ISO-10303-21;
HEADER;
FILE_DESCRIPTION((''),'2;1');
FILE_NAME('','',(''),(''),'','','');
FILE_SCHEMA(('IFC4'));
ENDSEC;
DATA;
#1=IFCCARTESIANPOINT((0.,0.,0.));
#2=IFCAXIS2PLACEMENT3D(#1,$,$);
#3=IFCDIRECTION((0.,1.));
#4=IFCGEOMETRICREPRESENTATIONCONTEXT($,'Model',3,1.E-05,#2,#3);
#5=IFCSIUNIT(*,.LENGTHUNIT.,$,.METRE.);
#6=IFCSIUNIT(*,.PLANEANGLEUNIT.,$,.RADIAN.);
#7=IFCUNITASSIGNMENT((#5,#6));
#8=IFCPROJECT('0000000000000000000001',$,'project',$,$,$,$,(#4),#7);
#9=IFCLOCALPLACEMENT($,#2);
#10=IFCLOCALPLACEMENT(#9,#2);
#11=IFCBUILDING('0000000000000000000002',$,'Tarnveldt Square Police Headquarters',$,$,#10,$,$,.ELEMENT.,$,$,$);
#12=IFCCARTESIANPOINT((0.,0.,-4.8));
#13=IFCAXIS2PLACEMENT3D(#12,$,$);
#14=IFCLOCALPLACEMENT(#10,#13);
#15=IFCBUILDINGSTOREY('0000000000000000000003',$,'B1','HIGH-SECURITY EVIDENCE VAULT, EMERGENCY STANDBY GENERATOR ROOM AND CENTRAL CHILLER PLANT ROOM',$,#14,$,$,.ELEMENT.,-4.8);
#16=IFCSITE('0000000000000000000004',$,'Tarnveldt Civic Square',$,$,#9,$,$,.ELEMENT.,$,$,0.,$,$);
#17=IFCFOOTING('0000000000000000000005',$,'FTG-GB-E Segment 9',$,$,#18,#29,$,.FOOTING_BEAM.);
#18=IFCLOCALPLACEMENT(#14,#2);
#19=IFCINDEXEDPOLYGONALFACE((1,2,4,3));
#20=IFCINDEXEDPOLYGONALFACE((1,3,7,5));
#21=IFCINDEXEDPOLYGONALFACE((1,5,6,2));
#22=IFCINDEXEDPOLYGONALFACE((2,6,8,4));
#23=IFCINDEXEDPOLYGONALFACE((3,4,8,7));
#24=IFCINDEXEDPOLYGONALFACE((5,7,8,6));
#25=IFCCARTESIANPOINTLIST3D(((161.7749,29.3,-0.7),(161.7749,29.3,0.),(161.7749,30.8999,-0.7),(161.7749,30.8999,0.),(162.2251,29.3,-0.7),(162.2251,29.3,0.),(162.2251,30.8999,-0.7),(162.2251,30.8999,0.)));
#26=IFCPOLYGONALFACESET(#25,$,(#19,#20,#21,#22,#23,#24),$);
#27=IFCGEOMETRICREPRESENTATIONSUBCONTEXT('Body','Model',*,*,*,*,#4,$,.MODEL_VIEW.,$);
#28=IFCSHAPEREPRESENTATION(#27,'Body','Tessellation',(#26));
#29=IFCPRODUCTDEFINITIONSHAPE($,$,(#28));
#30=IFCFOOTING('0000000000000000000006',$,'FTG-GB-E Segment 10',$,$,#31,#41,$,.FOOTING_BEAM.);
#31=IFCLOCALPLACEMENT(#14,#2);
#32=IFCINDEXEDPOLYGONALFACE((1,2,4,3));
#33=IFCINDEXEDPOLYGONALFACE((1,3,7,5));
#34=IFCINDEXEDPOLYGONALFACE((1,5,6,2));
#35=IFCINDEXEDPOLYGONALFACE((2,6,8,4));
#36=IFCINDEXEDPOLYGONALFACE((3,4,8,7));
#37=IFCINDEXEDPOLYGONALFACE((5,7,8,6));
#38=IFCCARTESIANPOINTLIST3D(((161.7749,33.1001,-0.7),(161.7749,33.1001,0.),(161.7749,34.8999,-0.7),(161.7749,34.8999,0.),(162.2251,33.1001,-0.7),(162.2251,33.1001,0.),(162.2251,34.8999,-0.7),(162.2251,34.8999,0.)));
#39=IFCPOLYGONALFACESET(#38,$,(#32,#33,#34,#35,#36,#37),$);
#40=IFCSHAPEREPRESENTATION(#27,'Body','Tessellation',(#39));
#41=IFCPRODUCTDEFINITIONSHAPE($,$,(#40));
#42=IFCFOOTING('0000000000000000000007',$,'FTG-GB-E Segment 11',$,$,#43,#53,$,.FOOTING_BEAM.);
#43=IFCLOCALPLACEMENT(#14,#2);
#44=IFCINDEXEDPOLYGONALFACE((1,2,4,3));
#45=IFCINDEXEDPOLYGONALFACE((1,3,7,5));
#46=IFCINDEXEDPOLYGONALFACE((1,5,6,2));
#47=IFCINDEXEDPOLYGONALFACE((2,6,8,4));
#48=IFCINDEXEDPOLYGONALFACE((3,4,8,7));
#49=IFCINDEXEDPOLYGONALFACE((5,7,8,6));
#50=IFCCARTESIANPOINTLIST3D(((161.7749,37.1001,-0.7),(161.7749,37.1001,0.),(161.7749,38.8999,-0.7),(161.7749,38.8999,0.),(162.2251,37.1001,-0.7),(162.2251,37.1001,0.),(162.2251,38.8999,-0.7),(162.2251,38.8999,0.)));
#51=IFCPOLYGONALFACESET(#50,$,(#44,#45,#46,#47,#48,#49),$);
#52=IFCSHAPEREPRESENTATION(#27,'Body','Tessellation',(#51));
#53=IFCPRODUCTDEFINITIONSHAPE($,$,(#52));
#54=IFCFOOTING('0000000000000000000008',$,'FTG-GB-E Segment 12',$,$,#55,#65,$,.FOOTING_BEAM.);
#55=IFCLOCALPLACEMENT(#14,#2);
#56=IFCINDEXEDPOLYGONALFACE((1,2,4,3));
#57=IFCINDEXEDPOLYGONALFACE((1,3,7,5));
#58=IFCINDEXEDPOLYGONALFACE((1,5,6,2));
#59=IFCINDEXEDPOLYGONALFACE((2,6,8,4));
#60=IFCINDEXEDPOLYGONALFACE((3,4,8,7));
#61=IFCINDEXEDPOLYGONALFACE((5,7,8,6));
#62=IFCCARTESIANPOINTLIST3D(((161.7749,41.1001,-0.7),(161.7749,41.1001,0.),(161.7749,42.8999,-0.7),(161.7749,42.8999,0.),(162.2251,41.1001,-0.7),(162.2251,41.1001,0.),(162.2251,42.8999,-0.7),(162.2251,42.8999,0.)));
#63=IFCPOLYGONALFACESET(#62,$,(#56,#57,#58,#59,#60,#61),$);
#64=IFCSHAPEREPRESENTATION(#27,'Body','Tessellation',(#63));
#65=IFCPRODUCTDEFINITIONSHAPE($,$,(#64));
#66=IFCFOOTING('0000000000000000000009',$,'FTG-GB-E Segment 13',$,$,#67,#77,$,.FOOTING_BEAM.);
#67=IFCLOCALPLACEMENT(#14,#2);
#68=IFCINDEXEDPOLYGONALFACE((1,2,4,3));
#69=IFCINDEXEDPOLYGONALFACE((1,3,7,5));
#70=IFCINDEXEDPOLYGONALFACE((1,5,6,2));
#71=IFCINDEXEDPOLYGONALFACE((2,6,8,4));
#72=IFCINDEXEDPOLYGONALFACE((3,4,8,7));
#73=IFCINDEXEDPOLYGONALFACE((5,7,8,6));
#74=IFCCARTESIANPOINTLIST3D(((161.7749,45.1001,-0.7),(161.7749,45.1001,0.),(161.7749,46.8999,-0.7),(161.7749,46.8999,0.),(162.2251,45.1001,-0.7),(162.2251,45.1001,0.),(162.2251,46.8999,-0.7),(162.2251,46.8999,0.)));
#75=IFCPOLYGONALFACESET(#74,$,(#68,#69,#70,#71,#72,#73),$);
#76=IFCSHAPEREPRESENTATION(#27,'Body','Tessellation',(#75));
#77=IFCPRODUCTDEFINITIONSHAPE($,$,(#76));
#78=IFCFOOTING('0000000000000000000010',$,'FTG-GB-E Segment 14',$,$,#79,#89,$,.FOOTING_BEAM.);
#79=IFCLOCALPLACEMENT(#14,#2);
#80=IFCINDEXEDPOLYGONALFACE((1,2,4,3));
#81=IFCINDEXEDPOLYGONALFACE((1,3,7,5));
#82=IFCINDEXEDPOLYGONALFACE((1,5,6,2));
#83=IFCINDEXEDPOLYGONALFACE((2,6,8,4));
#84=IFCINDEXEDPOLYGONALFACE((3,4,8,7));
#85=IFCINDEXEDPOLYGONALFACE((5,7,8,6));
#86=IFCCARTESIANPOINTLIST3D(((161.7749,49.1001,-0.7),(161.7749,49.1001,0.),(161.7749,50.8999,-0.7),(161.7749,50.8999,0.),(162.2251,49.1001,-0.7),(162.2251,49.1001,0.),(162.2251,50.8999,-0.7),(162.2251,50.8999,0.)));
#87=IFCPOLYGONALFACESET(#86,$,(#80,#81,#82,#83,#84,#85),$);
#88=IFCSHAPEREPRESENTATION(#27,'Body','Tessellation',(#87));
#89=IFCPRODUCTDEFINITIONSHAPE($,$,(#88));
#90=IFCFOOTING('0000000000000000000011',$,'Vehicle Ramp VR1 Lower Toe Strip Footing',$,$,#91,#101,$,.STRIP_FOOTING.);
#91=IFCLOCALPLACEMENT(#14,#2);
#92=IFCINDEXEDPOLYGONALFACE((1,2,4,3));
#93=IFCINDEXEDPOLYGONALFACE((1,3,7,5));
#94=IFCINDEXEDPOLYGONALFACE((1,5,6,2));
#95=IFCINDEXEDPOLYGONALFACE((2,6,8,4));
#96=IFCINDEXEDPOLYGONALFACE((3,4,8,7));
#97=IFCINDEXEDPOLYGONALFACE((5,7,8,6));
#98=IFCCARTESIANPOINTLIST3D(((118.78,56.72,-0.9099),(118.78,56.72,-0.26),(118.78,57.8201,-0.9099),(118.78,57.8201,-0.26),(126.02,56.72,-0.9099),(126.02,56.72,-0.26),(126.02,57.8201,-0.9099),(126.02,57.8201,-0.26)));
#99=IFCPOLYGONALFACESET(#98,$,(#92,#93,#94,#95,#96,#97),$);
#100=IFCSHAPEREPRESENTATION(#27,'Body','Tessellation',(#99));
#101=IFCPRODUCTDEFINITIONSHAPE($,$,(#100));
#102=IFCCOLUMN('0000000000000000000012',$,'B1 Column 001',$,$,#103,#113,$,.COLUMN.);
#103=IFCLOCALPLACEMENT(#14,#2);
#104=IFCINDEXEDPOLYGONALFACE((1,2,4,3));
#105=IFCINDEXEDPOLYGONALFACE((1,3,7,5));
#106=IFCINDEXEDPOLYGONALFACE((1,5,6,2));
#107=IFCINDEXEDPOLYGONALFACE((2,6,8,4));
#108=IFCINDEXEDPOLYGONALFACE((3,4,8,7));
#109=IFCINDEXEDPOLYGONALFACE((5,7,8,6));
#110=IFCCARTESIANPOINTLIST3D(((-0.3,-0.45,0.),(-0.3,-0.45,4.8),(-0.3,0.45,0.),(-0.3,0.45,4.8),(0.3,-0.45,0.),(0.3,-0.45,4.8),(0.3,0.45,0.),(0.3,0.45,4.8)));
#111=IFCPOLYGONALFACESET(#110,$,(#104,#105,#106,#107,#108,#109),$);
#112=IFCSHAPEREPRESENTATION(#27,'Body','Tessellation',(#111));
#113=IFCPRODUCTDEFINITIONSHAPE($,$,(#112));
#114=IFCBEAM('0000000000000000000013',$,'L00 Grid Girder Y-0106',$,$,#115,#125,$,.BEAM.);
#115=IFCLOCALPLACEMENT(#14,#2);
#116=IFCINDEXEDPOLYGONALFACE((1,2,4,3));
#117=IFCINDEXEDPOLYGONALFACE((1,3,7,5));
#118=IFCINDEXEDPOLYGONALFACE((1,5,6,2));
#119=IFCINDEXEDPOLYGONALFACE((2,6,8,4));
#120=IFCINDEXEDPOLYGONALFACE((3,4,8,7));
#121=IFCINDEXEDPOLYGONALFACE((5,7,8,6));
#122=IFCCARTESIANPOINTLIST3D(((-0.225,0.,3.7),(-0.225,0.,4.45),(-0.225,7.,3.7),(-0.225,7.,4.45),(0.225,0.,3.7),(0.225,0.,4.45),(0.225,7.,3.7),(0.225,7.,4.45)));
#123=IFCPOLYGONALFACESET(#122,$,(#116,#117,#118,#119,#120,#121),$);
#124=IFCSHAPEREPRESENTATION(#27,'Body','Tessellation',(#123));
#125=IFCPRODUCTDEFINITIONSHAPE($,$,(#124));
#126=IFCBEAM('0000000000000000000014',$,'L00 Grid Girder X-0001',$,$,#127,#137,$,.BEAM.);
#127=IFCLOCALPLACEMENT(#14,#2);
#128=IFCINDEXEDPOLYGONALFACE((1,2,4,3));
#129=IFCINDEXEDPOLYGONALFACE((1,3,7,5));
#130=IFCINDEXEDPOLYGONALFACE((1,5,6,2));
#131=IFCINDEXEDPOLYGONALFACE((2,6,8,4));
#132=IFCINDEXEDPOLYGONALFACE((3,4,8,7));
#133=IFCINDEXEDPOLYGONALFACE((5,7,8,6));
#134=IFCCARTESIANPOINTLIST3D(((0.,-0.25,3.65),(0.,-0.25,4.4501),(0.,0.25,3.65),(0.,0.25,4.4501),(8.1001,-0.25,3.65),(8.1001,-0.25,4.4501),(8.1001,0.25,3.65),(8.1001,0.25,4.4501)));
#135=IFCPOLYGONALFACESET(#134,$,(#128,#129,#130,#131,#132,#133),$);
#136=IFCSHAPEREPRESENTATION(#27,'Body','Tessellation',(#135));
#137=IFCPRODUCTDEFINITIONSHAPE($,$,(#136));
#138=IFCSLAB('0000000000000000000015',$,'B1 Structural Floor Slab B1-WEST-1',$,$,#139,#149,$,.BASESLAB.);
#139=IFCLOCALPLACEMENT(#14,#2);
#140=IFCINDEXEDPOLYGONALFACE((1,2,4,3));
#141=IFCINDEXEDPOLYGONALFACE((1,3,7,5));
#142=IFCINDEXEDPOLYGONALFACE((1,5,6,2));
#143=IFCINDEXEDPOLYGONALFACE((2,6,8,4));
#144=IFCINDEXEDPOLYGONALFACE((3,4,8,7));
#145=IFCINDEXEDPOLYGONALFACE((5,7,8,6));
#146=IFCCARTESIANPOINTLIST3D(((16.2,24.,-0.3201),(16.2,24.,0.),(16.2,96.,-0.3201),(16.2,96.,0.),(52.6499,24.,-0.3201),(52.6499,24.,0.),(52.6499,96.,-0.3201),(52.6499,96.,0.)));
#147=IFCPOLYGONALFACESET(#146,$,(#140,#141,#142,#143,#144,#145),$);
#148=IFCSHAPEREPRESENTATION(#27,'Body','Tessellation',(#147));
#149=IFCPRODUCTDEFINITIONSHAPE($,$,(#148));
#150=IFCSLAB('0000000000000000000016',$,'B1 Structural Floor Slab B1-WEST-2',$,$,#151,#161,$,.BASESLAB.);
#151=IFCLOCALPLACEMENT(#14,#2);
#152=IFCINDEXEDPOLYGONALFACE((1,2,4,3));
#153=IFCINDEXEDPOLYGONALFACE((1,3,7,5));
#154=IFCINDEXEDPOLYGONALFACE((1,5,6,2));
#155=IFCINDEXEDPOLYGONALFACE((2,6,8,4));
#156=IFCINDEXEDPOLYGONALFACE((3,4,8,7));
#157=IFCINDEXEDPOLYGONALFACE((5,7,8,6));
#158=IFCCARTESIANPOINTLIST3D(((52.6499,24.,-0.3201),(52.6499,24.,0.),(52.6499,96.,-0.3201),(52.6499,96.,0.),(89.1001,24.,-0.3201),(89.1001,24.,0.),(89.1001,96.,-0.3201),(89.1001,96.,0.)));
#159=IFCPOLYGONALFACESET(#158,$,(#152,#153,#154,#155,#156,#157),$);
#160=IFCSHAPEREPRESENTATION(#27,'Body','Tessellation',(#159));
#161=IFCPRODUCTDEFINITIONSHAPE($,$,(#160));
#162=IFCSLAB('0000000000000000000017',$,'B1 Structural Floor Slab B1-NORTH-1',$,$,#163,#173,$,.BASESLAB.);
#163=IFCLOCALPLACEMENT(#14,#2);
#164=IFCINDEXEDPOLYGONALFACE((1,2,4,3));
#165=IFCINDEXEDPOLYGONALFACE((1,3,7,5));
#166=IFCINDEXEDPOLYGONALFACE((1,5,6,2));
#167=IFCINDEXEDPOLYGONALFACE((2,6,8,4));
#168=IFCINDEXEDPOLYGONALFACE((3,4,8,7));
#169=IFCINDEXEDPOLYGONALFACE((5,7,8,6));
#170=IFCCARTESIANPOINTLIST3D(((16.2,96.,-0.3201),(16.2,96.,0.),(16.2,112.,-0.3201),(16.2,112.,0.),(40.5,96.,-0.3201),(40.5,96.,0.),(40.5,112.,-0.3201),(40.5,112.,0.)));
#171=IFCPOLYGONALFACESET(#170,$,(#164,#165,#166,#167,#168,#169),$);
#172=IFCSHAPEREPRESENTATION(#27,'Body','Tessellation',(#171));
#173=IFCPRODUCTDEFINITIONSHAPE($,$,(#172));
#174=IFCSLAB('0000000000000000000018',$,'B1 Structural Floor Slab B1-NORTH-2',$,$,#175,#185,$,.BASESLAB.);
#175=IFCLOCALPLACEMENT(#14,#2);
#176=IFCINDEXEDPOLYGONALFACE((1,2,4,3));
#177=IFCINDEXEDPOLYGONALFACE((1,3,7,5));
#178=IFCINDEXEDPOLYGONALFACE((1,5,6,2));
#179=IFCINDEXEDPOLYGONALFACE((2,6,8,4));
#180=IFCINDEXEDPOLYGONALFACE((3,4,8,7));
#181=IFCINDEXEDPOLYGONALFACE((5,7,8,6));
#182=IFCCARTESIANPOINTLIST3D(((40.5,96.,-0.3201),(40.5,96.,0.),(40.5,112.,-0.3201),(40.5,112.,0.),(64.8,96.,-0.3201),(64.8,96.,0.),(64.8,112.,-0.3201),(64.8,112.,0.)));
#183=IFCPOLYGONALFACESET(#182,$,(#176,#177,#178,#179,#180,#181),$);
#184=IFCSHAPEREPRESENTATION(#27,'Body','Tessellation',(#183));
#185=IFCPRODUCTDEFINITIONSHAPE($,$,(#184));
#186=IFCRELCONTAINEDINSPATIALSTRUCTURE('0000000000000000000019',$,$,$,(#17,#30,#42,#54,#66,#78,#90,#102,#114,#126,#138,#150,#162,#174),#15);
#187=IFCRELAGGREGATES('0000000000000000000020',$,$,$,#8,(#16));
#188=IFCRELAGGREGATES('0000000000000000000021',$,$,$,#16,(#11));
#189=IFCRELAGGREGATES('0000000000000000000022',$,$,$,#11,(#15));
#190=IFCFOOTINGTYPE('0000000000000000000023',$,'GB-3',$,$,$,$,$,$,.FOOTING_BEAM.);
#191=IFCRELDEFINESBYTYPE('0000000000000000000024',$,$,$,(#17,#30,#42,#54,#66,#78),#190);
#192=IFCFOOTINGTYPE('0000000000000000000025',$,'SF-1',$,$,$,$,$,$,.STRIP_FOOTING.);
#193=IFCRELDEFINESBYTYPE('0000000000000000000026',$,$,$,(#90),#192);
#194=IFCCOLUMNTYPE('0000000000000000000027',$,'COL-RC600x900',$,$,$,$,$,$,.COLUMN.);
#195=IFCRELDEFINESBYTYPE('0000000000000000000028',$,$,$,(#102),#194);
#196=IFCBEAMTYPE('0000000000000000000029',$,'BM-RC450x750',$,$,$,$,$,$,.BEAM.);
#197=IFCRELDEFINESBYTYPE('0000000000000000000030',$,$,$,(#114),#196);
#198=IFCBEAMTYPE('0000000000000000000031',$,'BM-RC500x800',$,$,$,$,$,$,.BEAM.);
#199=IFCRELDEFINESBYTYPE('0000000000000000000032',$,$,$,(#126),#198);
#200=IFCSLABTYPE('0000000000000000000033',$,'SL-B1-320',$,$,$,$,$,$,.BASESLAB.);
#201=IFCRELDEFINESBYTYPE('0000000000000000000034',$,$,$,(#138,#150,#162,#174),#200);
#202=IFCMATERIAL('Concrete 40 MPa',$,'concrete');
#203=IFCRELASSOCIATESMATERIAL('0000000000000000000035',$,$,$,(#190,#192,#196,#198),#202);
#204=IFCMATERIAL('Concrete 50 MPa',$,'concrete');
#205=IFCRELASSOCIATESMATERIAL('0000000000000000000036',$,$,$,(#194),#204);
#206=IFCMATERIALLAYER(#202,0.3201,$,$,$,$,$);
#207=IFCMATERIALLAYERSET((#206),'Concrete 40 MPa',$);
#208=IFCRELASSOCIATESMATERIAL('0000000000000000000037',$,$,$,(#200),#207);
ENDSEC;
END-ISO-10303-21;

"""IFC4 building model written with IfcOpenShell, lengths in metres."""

from ifc_helpers import new_model, si_unit, direction, frame, origin, origin_with_axes, origin_2d, place, context, subcontext, project, spatial, polyline, rectangle, outline, extrude, material, layer, layer_set, material_profile, profile_set, type_object, element, save


model = new_model("IFC4")

# Units and contexts
model_context = context("Model", 3, precision=1e-05, world=origin(), true_north=direction((0.0, 1.0)))
body_context = subcontext(model_context, "Body", "Model", "MODEL_VIEW")
ifc_project = project(units=[si_unit("LENGTHUNIT", "METRE"), si_unit("PLANEANGLEUNIT", "RADIAN")], contexts=[model_context])

# Site, building, storey
site_placement = place(None, origin())
site = spatial("IfcSite", under=ifc_project, at=site_placement, Name="Tarnveldt Civic Square", CompositionType="ELEMENT", RefElevation=0.0)
building_placement = place(site_placement, origin())
building = spatial("IfcBuilding", under=site, at=building_placement, Name="Tarnveldt Square Police Headquarters", CompositionType="ELEMENT")
storey_placement = place(building_placement, frame((0.0, 0.0, -4.8)))
storey = spatial("IfcBuildingStorey", under=building, at=storey_placement, Name="B1", Description="HIGH-SECURITY EVIDENCE VAULT, EMERGENCY STANDBY GENERATOR ROOM AND CENTRAL CHILLER PLANT ROOM", CompositionType="ELEMENT", Elevation=-4.8)

# Footings
ifc_material_1 = material(Name="Concrete 40 MPa", Category="concrete")
footing_type_1 = type_object("IfcFootingType", Name="GB-3", PredefinedType="FOOTING_BEAM", material=ifc_material_1)
footing_1_placement = place(storey_placement, frame((0.0, 0.0, -0.7)))
element("IfcFooting", 1, at=footing_1_placement, inside=storey, type_object=footing_type_1, Name="FTG-GB-E Segment 9", PredefinedType="FOOTING_BEAM", context=body_context, shape_type="SweptSolid", body=[
    extrude(outline(polyline([(161.7749, 29.3), (162.2251, 29.3), (162.2251, 30.8999), (161.7749, 30.8999), (161.7749, 29.3)])), origin(), (0.0, 0.0, 1.0), 0.7),
])
footing_2_placement = place(storey_placement, frame((0.0, 0.0, -0.7)))
element("IfcFooting", 2, at=footing_2_placement, inside=storey, type_object=footing_type_1, Name="FTG-GB-E Segment 10", PredefinedType="FOOTING_BEAM", context=body_context, shape_type="SweptSolid", body=[
    extrude(outline(polyline([(161.7749, 33.1001), (162.2251, 33.1001), (162.2251, 34.8999), (161.7749, 34.8999), (161.7749, 33.1001)])), origin(), (0.0, 0.0, 1.0), 0.7),
])
footing_3_placement = place(storey_placement, frame((0.0, 0.0, -0.7)))
element("IfcFooting", 3, at=footing_3_placement, inside=storey, type_object=footing_type_1, Name="FTG-GB-E Segment 11", PredefinedType="FOOTING_BEAM", context=body_context, shape_type="SweptSolid", body=[
    extrude(outline(polyline([(161.7749, 37.1001), (162.2251, 37.1001), (162.2251, 38.8999), (161.7749, 38.8999), (161.7749, 37.1001)])), origin(), (0.0, 0.0, 1.0), 0.7),
])
footing_4_placement = place(storey_placement, frame((0.0, 0.0, -0.7)))
element("IfcFooting", 4, at=footing_4_placement, inside=storey, type_object=footing_type_1, Name="FTG-GB-E Segment 12", PredefinedType="FOOTING_BEAM", context=body_context, shape_type="SweptSolid", body=[
    extrude(outline(polyline([(161.7749, 41.1001), (162.2251, 41.1001), (162.2251, 42.8999), (161.7749, 42.8999), (161.7749, 41.1001)])), origin(), (0.0, 0.0, 1.0), 0.7),
])
footing_5_placement = place(storey_placement, frame((0.0, 0.0, -0.7)))
element("IfcFooting", 5, at=footing_5_placement, inside=storey, type_object=footing_type_1, Name="FTG-GB-E Segment 13", PredefinedType="FOOTING_BEAM", context=body_context, shape_type="SweptSolid", body=[
    extrude(outline(polyline([(161.7749, 45.1001), (162.2251, 45.1001), (162.2251, 46.8999), (161.7749, 46.8999), (161.7749, 45.1001)])), origin(), (0.0, 0.0, 1.0), 0.7),
])
footing_6_placement = place(storey_placement, frame((0.0, 0.0, -0.7)))
element("IfcFooting", 6, at=footing_6_placement, inside=storey, type_object=footing_type_1, Name="FTG-GB-E Segment 14", PredefinedType="FOOTING_BEAM", context=body_context, shape_type="SweptSolid", body=[
    extrude(outline(polyline([(161.7749, 49.1001), (162.2251, 49.1001), (162.2251, 50.8999), (161.7749, 50.8999), (161.7749, 49.1001)])), origin(), (0.0, 0.0, 1.0), 0.7),
])
footing_type_2 = type_object("IfcFootingType", Name="SF-1", PredefinedType="STRIP_FOOTING", material=ifc_material_1)
footing_7_placement = place(storey_placement, frame((0.0, 0.0, -0.9099)))
element("IfcFooting", 7, at=footing_7_placement, inside=storey, type_object=footing_type_2, Name="Vehicle Ramp VR1 Lower Toe Strip Footing", PredefinedType="STRIP_FOOTING", context=body_context, shape_type="SweptSolid", body=[
    extrude(outline(polyline([(118.78, 56.72), (126.02, 56.72), (126.02, 57.8201), (118.78, 57.8201), (118.78, 56.72)])), origin(), (0.0, 0.0, 1.0), 0.6499),
])

# Column
ifc_material_2 = material(Name="Concrete 50 MPa", Category="concrete")
ifc_material_profile_1 = material_profile(ifc_material_2, rectangle(XDim=0.6001, YDim=0.8999, at=origin_2d()), Name="RC-C600x900")
ifc_profile_set_1 = profile_set([ifc_material_profile_1], Name="Concrete 50 MPa")
column_type = type_object("IfcColumnType", Name="COL-RC600x900", PredefinedType="COLUMN", material=ifc_profile_set_1)
column_placement = place(storey_placement, origin_with_axes())
element("IfcColumn", 8, at=column_placement, inside=storey, type_object=column_type, Name="B1 Column 001", PredefinedType="COLUMN", context=body_context, shape_type="SweptSolid", body=[
    extrude(rectangle(XDim=0.6001, YDim=0.8999, at=origin_2d()), origin(), (0.0, 0.0, 1.0), 4.8),
])

# Beams
ifc_material_profile_2 = material_profile(ifc_material_1, rectangle(XDim=0.45, YDim=0.75, at=origin_2d()), Name="RC-B450x750")
ifc_profile_set_2 = profile_set([ifc_material_profile_2], Name="Concrete 40 MPa")
beam_type_1 = type_object("IfcBeamType", Name="BM-RC450x750", PredefinedType="BEAM", material=ifc_profile_set_2)
beam_1_placement = place(storey_placement, frame((0.0, 0.0, 4.075), z_axis=(0.0, 1.0, 0.0), x_axis=(-1.0, 0.0, 0.0)))
element("IfcBeam", 9, at=beam_1_placement, inside=storey, type_object=beam_type_1, Name="L00 Grid Girder Y-0106", PredefinedType="BEAM", context=body_context, shape_type="SweptSolid", body=[
    extrude(rectangle(XDim=0.45, YDim=0.75, at=origin_2d()), origin(), (0.0, 0.0, 1.0), 7.0),
])
ifc_material_profile_3 = material_profile(ifc_material_1, rectangle(XDim=0.5, YDim=0.8, at=origin_2d()), Name="RC-B500x800")
ifc_profile_set_3 = profile_set([ifc_material_profile_3], Name="Concrete 40 MPa")
beam_type_2 = type_object("IfcBeamType", Name="BM-RC500x800", PredefinedType="BEAM", material=ifc_profile_set_3)
beam_2_placement = place(storey_placement, frame((0.0, 0.0, 4.05), z_axis=(1.0, 0.0, 0.0), x_axis=(0.0, 1.0, 0.0)))
element("IfcBeam", 10, at=beam_2_placement, inside=storey, type_object=beam_type_2, Name="L00 Grid Girder X-0001", PredefinedType="BEAM", context=body_context, shape_type="SweptSolid", body=[
    extrude(rectangle(XDim=0.5, YDim=0.8, at=origin_2d()), origin(), (0.0, 0.0, 1.0), 8.1001),
])

# Slabs
ifc_layer_1 = layer(ifc_material_1, 0.3201)
ifc_layer_set_1 = layer_set([ifc_layer_1], Name="Concrete 40 MPa")
slab_type_1 = type_object("IfcSlabType", Name="SL-B1-320", PredefinedType="BASESLAB", material=ifc_layer_set_1)
slab_1_placement = place(storey_placement, frame((0.0, 0.0, -0.3201)))
element("IfcSlab", 11, at=slab_1_placement, inside=storey, type_object=slab_type_1, Name="B1 Structural Floor Slab B1-WEST-1", PredefinedType="BASESLAB", context=body_context, shape_type="SweptSolid", body=[
    extrude(outline(polyline([(52.6499, 96.0), (52.6499, 24.0), (16.2, 24.0), (16.2, 96.0), (52.6499, 96.0)])), origin(), (0.0, 0.0, 1.0), 0.3201),
])
slab_2_placement = place(storey_placement, frame((0.0, 0.0, -0.3201)))
element("IfcSlab", 12, at=slab_2_placement, inside=storey, type_object=slab_type_1, Name="B1 Structural Floor Slab B1-WEST-2", PredefinedType="BASESLAB", context=body_context, shape_type="SweptSolid", body=[
    extrude(outline(polyline([(89.1001, 96.0), (89.1001, 24.0), (52.6499, 24.0), (52.6499, 96.0), (89.1001, 96.0)])), origin(), (0.0, 0.0, 1.0), 0.3201),
])
slab_3_placement = place(storey_placement, frame((0.0, 0.0, -0.3201)))
element("IfcSlab", 13, at=slab_3_placement, inside=storey, type_object=slab_type_1, Name="B1 Structural Floor Slab B1-NORTH-1", PredefinedType="BASESLAB", context=body_context, shape_type="SweptSolid", body=[
    extrude(outline(polyline([(16.2, 96.0), (16.2, 112.0), (40.5, 112.0), (40.5, 96.0), (16.2, 96.0)])), origin(), (0.0, 0.0, 1.0), 0.3201),
])
slab_4_placement = place(storey_placement, frame((0.0, 0.0, -0.3201)))
element("IfcSlab", 14, at=slab_4_placement, inside=storey, type_object=slab_type_1, Name="B1 Structural Floor Slab B1-NORTH-2", PredefinedType="BASESLAB", context=body_context, shape_type="SweptSolid", body=[
    extrude(outline(polyline([(64.8, 96.0), (40.5, 96.0), (40.5, 112.0), (64.8, 112.0), (64.8, 96.0)])), origin(), (0.0, 0.0, 1.0), 0.3201),
])

save(model, "model.ifc")
